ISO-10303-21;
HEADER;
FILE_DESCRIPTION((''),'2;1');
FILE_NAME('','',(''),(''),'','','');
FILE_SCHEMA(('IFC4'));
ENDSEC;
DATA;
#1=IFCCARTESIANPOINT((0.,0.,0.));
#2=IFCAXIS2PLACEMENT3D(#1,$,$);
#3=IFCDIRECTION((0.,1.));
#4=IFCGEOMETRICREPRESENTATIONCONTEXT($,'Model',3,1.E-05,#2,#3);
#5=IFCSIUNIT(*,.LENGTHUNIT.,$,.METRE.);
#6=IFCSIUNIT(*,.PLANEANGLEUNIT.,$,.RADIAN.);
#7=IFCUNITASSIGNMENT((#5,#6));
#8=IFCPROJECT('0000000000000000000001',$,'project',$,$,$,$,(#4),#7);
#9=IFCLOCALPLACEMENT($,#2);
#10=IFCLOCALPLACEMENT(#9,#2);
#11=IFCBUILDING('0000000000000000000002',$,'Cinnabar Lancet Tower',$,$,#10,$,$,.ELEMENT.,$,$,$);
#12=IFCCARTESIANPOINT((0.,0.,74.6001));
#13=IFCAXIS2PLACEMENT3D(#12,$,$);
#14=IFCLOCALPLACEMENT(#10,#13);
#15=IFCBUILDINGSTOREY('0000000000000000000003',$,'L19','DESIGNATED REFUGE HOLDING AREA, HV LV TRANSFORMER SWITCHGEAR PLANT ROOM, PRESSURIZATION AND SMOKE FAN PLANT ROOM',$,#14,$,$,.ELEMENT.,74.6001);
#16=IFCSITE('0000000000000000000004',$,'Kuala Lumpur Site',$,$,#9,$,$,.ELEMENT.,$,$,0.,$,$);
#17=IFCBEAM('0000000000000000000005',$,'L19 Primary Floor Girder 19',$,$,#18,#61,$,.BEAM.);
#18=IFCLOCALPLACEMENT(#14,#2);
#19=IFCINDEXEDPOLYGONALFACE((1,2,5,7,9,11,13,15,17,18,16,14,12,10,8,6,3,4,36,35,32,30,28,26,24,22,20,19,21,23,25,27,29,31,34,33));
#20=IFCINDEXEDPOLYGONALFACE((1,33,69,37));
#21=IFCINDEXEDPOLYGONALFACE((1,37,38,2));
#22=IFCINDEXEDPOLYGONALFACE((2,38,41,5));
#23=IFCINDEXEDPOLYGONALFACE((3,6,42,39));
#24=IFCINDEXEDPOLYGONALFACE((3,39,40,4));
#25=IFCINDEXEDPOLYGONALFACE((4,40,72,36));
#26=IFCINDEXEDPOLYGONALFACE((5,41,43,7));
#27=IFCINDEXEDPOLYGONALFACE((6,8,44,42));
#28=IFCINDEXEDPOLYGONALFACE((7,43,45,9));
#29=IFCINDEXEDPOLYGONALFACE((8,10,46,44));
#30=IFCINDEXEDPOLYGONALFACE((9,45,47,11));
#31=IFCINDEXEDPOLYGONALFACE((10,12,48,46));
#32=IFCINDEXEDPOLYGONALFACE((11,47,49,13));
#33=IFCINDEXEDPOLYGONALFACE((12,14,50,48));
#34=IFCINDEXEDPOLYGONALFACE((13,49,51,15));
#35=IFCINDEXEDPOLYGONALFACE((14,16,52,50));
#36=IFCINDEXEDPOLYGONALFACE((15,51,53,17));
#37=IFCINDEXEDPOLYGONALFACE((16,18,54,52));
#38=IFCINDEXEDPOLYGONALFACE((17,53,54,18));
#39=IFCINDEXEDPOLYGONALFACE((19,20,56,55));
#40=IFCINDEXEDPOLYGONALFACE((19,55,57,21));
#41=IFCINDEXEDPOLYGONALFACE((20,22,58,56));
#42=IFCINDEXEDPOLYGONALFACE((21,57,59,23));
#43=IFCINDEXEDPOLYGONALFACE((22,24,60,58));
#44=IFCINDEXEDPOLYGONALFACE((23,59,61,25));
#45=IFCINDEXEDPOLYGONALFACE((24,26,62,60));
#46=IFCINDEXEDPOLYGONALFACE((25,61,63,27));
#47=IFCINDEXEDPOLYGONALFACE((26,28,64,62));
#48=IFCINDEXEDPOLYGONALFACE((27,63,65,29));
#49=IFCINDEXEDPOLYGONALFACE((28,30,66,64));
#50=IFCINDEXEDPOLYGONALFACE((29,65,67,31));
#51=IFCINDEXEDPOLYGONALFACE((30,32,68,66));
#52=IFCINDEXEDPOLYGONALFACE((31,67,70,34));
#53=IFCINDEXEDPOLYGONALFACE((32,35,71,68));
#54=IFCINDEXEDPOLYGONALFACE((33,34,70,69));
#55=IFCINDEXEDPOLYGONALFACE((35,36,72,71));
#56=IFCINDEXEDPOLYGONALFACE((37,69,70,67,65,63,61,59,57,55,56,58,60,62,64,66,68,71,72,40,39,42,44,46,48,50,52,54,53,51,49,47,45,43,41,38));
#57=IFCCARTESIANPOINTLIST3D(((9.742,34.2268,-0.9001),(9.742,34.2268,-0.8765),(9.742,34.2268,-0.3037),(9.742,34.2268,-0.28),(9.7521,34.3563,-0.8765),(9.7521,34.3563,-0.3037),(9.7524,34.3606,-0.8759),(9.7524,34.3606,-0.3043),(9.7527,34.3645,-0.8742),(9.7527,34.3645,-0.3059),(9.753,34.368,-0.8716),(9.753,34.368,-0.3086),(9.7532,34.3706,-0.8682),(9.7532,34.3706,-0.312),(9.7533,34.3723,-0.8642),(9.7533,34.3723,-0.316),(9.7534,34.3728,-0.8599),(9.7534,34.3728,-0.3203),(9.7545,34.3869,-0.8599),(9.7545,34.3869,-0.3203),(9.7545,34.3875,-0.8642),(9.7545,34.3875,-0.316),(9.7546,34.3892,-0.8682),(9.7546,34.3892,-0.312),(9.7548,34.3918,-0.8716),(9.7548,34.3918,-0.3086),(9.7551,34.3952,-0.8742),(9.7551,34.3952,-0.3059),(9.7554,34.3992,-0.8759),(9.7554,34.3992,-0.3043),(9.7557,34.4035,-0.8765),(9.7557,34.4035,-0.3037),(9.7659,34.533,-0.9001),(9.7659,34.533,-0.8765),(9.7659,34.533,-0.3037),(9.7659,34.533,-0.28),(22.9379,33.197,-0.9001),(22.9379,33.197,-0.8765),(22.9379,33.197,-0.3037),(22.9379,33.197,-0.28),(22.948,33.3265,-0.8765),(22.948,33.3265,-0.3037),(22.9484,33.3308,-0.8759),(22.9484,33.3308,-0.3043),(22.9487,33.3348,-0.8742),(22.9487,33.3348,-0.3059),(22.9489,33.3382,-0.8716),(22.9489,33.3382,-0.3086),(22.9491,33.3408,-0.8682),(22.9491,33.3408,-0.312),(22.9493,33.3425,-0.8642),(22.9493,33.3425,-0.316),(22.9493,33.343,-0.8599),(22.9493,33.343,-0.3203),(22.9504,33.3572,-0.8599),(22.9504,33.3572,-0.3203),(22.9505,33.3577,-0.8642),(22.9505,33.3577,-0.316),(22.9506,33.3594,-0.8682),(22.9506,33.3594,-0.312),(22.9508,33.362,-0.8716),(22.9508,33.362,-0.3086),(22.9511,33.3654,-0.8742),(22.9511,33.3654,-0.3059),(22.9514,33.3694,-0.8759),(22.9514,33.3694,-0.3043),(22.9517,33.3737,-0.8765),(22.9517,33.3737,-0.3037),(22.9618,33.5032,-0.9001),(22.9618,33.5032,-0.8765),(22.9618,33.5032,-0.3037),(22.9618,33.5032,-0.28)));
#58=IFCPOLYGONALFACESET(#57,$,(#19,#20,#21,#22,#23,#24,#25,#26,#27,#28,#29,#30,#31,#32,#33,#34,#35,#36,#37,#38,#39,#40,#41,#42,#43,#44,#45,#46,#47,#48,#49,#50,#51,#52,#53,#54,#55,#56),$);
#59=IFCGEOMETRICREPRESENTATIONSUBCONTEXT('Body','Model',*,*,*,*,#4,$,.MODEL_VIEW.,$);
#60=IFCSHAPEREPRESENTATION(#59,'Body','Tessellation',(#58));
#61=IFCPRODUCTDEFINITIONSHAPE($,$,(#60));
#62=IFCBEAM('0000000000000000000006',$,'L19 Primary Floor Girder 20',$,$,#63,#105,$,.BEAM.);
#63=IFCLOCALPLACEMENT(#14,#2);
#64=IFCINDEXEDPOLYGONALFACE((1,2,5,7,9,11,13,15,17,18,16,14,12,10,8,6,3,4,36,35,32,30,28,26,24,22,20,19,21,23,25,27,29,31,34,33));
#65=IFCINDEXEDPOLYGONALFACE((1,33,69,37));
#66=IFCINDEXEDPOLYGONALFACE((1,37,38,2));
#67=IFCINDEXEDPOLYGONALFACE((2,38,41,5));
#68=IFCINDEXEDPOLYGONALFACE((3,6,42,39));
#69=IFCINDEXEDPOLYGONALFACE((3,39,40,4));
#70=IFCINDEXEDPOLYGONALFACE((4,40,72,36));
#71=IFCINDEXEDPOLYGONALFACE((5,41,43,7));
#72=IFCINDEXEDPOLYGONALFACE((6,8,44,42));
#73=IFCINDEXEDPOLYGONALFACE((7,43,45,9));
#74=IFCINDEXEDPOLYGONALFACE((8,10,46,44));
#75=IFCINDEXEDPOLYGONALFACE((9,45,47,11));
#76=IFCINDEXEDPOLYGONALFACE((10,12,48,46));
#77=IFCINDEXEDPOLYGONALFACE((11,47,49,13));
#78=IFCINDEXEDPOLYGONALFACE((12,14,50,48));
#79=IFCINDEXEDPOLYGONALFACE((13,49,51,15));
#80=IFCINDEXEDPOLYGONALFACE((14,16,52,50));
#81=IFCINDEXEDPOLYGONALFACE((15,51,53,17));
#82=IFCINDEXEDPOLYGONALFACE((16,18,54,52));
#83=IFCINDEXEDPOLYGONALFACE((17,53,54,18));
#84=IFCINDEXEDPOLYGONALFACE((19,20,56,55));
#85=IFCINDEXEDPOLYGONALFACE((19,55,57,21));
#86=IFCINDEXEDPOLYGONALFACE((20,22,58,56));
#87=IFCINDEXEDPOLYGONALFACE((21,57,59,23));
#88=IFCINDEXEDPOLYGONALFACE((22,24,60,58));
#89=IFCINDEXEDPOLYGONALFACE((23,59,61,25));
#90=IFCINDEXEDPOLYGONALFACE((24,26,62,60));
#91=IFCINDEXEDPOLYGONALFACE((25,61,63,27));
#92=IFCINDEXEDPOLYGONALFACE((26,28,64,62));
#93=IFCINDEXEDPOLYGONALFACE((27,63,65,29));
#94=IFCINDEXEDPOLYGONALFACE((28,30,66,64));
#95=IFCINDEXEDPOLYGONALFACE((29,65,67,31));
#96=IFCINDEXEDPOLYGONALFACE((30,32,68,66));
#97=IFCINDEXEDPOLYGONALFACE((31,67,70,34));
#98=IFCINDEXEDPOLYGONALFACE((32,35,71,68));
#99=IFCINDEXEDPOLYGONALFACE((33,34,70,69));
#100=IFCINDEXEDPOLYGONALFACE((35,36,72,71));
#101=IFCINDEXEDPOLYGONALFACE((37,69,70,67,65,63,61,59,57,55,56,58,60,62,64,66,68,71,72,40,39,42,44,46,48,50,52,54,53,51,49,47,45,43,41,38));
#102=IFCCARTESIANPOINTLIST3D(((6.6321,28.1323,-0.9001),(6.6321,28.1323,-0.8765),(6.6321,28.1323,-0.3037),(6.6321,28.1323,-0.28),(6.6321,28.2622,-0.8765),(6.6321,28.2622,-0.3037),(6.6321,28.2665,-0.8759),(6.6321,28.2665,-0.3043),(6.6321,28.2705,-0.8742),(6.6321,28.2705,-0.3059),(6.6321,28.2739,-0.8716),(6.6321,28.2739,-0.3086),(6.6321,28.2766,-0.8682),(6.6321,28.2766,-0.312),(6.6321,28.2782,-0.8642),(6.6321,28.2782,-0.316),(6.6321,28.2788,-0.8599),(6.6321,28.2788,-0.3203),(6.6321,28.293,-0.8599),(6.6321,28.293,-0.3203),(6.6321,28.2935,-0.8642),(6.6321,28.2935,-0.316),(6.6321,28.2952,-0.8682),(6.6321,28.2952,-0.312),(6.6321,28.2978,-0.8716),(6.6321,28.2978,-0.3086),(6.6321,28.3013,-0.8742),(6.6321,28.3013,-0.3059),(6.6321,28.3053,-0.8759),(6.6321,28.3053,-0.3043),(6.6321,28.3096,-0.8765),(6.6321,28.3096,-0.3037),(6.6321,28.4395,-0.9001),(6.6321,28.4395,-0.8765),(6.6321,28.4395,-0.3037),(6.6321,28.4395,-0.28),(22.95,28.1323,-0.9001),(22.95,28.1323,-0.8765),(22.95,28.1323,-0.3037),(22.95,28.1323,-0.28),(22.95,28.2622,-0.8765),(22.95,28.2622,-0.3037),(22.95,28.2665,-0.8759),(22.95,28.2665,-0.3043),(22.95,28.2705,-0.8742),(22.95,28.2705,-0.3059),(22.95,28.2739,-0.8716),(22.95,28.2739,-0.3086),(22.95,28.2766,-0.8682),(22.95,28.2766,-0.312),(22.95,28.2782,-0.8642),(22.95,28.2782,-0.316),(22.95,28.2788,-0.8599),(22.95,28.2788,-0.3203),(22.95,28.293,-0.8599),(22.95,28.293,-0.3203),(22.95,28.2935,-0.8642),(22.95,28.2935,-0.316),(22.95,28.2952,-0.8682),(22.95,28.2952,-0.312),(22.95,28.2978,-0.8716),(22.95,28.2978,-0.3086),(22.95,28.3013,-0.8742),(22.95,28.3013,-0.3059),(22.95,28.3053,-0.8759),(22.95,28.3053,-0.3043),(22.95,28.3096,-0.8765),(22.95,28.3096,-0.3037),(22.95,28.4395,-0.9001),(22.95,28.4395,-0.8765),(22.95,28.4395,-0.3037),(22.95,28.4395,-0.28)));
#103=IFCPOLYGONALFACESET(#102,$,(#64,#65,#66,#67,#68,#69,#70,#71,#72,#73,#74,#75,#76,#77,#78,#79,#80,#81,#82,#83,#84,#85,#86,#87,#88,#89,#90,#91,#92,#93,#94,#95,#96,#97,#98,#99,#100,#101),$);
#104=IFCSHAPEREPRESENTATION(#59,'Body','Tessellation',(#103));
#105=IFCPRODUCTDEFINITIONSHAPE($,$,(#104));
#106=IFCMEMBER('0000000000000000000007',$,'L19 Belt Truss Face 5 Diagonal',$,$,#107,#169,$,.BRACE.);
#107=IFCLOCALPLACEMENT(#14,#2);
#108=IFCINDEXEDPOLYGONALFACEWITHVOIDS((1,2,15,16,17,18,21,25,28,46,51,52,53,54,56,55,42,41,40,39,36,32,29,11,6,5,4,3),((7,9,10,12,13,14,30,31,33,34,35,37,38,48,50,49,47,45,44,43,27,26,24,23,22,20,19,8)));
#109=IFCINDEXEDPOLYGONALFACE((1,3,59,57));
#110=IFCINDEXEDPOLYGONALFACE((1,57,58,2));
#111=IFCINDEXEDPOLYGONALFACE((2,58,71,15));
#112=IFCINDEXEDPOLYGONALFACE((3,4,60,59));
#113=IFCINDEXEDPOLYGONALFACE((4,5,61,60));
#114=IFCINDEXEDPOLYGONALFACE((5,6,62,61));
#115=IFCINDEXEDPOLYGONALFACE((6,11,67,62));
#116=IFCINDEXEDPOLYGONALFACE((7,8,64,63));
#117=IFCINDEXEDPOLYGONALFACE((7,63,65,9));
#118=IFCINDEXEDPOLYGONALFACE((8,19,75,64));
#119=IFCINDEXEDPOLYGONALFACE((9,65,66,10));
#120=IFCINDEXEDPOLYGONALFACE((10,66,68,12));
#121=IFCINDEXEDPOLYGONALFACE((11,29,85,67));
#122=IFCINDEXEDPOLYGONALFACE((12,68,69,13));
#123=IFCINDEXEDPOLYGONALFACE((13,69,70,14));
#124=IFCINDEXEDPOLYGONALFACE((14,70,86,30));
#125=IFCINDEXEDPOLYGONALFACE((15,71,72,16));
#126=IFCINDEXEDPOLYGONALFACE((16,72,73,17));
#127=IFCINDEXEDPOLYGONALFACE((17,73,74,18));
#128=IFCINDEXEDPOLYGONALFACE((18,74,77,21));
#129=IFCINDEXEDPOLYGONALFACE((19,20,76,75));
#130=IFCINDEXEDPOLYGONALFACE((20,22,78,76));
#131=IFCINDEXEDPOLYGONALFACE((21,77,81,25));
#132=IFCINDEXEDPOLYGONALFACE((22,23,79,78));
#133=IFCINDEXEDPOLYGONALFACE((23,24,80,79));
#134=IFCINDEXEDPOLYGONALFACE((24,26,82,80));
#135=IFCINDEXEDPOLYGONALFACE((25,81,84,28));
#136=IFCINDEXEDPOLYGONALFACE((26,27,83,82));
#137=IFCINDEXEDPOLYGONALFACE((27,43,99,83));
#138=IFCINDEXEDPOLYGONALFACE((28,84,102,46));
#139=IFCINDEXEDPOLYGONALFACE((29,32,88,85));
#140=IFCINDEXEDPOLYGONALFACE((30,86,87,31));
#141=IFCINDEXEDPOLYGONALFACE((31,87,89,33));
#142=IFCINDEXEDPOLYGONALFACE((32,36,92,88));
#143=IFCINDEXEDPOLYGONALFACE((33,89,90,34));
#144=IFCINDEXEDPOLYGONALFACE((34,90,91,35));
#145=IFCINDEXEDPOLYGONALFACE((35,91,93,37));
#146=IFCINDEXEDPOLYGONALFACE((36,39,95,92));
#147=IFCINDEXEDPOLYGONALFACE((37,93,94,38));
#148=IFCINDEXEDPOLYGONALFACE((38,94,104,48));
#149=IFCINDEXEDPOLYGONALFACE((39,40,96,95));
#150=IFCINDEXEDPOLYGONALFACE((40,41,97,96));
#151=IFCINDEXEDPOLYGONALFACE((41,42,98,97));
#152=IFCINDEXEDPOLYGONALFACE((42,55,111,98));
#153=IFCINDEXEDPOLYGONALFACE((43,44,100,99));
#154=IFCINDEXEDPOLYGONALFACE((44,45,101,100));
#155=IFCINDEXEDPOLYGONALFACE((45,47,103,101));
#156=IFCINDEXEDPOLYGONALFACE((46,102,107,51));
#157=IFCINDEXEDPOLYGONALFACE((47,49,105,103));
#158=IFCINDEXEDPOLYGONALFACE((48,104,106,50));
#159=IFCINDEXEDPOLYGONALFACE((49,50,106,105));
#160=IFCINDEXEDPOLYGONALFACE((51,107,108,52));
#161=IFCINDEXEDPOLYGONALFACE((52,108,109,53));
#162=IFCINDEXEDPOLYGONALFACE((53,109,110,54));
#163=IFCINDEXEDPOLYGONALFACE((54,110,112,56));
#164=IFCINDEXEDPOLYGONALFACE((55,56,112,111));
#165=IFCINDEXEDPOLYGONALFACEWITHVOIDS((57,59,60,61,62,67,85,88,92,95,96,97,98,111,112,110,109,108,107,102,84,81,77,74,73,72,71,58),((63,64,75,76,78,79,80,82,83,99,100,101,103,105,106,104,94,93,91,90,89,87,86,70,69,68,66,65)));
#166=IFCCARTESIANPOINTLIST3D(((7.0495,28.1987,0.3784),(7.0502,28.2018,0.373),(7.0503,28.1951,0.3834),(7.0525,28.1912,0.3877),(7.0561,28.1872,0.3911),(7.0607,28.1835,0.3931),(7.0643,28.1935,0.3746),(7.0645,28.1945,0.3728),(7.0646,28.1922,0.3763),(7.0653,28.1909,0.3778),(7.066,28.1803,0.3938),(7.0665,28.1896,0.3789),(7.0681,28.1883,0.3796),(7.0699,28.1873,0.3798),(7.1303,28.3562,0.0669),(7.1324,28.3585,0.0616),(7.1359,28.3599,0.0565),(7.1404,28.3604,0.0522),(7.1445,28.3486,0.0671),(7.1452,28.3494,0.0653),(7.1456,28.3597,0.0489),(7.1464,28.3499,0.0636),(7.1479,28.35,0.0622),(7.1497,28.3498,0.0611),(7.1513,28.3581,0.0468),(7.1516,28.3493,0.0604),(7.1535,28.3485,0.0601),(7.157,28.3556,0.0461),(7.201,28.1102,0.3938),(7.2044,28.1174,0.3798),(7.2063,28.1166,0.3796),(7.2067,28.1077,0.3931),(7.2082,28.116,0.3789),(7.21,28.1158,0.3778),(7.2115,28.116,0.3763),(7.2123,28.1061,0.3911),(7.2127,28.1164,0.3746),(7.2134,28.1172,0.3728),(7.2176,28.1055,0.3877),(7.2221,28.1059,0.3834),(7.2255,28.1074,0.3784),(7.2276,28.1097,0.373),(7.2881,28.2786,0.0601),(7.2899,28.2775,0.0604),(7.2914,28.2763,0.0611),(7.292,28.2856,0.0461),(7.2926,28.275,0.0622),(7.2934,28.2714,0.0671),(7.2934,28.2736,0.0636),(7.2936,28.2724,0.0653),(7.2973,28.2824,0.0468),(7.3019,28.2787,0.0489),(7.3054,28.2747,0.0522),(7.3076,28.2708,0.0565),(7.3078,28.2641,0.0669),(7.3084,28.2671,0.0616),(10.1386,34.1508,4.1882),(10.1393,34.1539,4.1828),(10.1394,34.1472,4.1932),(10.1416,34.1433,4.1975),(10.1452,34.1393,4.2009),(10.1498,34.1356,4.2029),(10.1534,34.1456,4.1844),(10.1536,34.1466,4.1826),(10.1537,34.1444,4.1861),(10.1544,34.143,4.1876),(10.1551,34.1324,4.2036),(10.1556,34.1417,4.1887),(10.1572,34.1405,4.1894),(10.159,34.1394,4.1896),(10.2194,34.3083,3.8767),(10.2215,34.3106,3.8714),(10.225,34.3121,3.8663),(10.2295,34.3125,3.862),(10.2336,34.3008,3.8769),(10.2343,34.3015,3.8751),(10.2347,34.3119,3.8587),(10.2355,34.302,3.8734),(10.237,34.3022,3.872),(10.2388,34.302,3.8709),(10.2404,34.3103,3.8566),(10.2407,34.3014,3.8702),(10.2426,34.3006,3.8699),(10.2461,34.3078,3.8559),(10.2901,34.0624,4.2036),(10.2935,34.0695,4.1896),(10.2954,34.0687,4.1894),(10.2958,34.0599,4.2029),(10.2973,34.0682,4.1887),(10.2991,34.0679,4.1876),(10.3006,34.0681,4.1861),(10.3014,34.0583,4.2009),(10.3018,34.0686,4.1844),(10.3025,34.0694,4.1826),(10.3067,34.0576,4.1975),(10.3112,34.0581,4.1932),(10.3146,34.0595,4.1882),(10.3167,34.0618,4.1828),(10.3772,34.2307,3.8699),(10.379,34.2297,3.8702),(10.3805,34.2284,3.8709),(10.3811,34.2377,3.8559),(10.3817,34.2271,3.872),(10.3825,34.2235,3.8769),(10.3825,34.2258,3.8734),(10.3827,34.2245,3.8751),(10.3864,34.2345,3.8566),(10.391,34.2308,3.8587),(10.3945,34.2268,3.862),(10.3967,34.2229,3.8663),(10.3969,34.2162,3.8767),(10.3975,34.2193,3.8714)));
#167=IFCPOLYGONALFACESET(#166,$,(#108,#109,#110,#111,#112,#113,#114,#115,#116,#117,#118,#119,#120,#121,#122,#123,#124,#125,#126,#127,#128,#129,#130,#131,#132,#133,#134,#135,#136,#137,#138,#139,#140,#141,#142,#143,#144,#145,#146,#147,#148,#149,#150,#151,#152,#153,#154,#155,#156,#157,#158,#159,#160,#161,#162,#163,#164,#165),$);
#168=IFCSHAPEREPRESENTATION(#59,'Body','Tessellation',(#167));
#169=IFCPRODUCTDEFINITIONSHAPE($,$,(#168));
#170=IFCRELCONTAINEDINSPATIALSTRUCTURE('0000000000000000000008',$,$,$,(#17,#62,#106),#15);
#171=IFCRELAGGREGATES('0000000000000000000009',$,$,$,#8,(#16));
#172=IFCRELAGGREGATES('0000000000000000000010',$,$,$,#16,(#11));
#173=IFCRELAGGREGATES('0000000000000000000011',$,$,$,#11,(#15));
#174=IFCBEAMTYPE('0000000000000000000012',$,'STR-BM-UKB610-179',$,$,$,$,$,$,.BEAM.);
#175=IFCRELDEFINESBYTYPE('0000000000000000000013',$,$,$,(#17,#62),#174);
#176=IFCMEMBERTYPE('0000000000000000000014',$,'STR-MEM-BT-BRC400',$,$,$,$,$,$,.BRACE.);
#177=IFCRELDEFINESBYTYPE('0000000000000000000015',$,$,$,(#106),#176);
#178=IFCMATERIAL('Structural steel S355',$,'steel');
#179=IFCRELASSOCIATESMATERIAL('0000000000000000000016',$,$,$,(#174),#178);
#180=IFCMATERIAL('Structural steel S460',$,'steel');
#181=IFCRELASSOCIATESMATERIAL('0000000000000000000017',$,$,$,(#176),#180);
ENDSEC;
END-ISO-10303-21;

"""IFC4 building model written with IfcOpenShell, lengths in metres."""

from ifc_helpers import new_model, si_unit, direction, frame, origin, origin_2d, place, context, subcontext, project, spatial, hollow_rectangle, i_section, extrude, material, material_profile, profile_set, type_object, element, save


model = new_model("IFC4")

# Units and contexts
model_context = context("Model", 3, precision=1e-05, world=origin(), true_north=direction((0.0, 1.0)))
body_context = subcontext(model_context, "Body", "Model", "MODEL_VIEW")
ifc_project = project(units=[si_unit("LENGTHUNIT", "METRE"), si_unit("PLANEANGLEUNIT", "RADIAN")], contexts=[model_context])

# Site, building, storey
site_placement = place(None, origin())
site = spatial("IfcSite", under=ifc_project, at=site_placement, Name="Kuala Lumpur Site", CompositionType="ELEMENT", RefElevation=0.0)
building_placement = place(site_placement, origin())
building = spatial("IfcBuilding", under=site, at=building_placement, Name="Cinnabar Lancet Tower", CompositionType="ELEMENT")
storey_placement = place(building_placement, frame((0.0, 0.0, 74.6001)))
storey = spatial("IfcBuildingStorey", under=building, at=storey_placement, Name="L19", Description="DESIGNATED REFUGE HOLDING AREA, HV LV TRANSFORMER SWITCHGEAR PLANT ROOM, PRESSURIZATION AND SMOKE FAN PLANT ROOM", CompositionType="ELEMENT", Elevation=74.6001)

# Beams
ifc_material_1 = material(Name="Structural steel S355", Category="steel")
ifc_material_profile_1 = material_profile(ifc_material_1, i_section(OverallWidth=0.3071, OverallDepth=0.6201, WebThickness=0.0142, FlangeThickness=0.0237, FilletRadius=0.0166, at=origin_2d()), Name="UKB 610x305x179")
ifc_profile_set_1 = profile_set([ifc_material_profile_1], Name="Structural steel S355")
beam_type_1 = type_object("IfcBeamType", Name="STR-BM-UKB610-179", PredefinedType="BEAM", material=ifc_profile_set_1)
beam_1_placement = place(storey_placement, frame((9.7539, 34.3799, -0.5901), z_axis=(0.996969, -0.077801, 0.0), x_axis=(0.077801, 0.996969, 0.0)))
element("IfcBeam", 1, at=beam_1_placement, inside=storey, type_object=beam_type_1, Name="L19 Primary Floor Girder 19", PredefinedType="BEAM", context=body_context, shape_type="SweptSolid", body=[
    extrude(i_section(OverallWidth=0.3071, OverallDepth=0.6201, WebThickness=0.0142, FlangeThickness=0.0237, FilletRadius=0.0166, at=origin_2d()), origin(), (0.0, 0.0, 1.0), 13.2361),
])
beam_2_placement = place(storey_placement, frame((6.6321, 28.2859, -0.5901), z_axis=(1.0, 0.0, 0.0), x_axis=(0.0, 1.0, 0.0)))
element("IfcBeam", 2, at=beam_2_placement, inside=storey, type_object=beam_type_1, Name="L19 Primary Floor Girder 20", PredefinedType="BEAM", context=body_context, shape_type="SweptSolid", body=[
    extrude(i_section(OverallWidth=0.3071, OverallDepth=0.6201, WebThickness=0.0142, FlangeThickness=0.0237, FilletRadius=0.0166, at=origin_2d()), origin(), (0.0, 0.0, 1.0), 16.3179),
])

# Member
ifc_material_2 = material(Name="Structural steel S460", Category="steel")
ifc_material_profile_2 = material_profile(ifc_material_2, hollow_rectangle(XDim=0.2, YDim=0.3999, WallThickness=0.0161, InnerFilletRadius=0.0081, OuterFilletRadius=0.0239, at=origin_2d()), Name="RHS 400x200x16")
ifc_profile_set_2 = profile_set([ifc_material_profile_2], Name="Structural steel S460")
member_type_1 = type_object("IfcMemberType", Name="STR-MEM-BT-BRC400", PredefinedType="BRACE", material=ifc_profile_set_2)
member_placement = place(storey_placement, frame((10.2681, 34.1851, 4.0298), z_axis=(-0.400524, -0.771736, -0.493968), x_axis=(0.887583, -0.460648, 0.0)))
element("IfcMember", 3, at=member_placement, inside=storey, type_object=member_type_1, Name="L19 Belt Truss Face 5 Diagonal", PredefinedType="BRACE", context=body_context, shape_type="SweptSolid", body=[
    extrude(hollow_rectangle(XDim=0.2, YDim=0.3999, WallThickness=0.0161, InnerFilletRadius=0.0081, OuterFilletRadius=0.0239, at=origin_2d()), origin(), (0.0, 0.0, 1.0), 7.7126),
])

save(model, "model.ifc")
